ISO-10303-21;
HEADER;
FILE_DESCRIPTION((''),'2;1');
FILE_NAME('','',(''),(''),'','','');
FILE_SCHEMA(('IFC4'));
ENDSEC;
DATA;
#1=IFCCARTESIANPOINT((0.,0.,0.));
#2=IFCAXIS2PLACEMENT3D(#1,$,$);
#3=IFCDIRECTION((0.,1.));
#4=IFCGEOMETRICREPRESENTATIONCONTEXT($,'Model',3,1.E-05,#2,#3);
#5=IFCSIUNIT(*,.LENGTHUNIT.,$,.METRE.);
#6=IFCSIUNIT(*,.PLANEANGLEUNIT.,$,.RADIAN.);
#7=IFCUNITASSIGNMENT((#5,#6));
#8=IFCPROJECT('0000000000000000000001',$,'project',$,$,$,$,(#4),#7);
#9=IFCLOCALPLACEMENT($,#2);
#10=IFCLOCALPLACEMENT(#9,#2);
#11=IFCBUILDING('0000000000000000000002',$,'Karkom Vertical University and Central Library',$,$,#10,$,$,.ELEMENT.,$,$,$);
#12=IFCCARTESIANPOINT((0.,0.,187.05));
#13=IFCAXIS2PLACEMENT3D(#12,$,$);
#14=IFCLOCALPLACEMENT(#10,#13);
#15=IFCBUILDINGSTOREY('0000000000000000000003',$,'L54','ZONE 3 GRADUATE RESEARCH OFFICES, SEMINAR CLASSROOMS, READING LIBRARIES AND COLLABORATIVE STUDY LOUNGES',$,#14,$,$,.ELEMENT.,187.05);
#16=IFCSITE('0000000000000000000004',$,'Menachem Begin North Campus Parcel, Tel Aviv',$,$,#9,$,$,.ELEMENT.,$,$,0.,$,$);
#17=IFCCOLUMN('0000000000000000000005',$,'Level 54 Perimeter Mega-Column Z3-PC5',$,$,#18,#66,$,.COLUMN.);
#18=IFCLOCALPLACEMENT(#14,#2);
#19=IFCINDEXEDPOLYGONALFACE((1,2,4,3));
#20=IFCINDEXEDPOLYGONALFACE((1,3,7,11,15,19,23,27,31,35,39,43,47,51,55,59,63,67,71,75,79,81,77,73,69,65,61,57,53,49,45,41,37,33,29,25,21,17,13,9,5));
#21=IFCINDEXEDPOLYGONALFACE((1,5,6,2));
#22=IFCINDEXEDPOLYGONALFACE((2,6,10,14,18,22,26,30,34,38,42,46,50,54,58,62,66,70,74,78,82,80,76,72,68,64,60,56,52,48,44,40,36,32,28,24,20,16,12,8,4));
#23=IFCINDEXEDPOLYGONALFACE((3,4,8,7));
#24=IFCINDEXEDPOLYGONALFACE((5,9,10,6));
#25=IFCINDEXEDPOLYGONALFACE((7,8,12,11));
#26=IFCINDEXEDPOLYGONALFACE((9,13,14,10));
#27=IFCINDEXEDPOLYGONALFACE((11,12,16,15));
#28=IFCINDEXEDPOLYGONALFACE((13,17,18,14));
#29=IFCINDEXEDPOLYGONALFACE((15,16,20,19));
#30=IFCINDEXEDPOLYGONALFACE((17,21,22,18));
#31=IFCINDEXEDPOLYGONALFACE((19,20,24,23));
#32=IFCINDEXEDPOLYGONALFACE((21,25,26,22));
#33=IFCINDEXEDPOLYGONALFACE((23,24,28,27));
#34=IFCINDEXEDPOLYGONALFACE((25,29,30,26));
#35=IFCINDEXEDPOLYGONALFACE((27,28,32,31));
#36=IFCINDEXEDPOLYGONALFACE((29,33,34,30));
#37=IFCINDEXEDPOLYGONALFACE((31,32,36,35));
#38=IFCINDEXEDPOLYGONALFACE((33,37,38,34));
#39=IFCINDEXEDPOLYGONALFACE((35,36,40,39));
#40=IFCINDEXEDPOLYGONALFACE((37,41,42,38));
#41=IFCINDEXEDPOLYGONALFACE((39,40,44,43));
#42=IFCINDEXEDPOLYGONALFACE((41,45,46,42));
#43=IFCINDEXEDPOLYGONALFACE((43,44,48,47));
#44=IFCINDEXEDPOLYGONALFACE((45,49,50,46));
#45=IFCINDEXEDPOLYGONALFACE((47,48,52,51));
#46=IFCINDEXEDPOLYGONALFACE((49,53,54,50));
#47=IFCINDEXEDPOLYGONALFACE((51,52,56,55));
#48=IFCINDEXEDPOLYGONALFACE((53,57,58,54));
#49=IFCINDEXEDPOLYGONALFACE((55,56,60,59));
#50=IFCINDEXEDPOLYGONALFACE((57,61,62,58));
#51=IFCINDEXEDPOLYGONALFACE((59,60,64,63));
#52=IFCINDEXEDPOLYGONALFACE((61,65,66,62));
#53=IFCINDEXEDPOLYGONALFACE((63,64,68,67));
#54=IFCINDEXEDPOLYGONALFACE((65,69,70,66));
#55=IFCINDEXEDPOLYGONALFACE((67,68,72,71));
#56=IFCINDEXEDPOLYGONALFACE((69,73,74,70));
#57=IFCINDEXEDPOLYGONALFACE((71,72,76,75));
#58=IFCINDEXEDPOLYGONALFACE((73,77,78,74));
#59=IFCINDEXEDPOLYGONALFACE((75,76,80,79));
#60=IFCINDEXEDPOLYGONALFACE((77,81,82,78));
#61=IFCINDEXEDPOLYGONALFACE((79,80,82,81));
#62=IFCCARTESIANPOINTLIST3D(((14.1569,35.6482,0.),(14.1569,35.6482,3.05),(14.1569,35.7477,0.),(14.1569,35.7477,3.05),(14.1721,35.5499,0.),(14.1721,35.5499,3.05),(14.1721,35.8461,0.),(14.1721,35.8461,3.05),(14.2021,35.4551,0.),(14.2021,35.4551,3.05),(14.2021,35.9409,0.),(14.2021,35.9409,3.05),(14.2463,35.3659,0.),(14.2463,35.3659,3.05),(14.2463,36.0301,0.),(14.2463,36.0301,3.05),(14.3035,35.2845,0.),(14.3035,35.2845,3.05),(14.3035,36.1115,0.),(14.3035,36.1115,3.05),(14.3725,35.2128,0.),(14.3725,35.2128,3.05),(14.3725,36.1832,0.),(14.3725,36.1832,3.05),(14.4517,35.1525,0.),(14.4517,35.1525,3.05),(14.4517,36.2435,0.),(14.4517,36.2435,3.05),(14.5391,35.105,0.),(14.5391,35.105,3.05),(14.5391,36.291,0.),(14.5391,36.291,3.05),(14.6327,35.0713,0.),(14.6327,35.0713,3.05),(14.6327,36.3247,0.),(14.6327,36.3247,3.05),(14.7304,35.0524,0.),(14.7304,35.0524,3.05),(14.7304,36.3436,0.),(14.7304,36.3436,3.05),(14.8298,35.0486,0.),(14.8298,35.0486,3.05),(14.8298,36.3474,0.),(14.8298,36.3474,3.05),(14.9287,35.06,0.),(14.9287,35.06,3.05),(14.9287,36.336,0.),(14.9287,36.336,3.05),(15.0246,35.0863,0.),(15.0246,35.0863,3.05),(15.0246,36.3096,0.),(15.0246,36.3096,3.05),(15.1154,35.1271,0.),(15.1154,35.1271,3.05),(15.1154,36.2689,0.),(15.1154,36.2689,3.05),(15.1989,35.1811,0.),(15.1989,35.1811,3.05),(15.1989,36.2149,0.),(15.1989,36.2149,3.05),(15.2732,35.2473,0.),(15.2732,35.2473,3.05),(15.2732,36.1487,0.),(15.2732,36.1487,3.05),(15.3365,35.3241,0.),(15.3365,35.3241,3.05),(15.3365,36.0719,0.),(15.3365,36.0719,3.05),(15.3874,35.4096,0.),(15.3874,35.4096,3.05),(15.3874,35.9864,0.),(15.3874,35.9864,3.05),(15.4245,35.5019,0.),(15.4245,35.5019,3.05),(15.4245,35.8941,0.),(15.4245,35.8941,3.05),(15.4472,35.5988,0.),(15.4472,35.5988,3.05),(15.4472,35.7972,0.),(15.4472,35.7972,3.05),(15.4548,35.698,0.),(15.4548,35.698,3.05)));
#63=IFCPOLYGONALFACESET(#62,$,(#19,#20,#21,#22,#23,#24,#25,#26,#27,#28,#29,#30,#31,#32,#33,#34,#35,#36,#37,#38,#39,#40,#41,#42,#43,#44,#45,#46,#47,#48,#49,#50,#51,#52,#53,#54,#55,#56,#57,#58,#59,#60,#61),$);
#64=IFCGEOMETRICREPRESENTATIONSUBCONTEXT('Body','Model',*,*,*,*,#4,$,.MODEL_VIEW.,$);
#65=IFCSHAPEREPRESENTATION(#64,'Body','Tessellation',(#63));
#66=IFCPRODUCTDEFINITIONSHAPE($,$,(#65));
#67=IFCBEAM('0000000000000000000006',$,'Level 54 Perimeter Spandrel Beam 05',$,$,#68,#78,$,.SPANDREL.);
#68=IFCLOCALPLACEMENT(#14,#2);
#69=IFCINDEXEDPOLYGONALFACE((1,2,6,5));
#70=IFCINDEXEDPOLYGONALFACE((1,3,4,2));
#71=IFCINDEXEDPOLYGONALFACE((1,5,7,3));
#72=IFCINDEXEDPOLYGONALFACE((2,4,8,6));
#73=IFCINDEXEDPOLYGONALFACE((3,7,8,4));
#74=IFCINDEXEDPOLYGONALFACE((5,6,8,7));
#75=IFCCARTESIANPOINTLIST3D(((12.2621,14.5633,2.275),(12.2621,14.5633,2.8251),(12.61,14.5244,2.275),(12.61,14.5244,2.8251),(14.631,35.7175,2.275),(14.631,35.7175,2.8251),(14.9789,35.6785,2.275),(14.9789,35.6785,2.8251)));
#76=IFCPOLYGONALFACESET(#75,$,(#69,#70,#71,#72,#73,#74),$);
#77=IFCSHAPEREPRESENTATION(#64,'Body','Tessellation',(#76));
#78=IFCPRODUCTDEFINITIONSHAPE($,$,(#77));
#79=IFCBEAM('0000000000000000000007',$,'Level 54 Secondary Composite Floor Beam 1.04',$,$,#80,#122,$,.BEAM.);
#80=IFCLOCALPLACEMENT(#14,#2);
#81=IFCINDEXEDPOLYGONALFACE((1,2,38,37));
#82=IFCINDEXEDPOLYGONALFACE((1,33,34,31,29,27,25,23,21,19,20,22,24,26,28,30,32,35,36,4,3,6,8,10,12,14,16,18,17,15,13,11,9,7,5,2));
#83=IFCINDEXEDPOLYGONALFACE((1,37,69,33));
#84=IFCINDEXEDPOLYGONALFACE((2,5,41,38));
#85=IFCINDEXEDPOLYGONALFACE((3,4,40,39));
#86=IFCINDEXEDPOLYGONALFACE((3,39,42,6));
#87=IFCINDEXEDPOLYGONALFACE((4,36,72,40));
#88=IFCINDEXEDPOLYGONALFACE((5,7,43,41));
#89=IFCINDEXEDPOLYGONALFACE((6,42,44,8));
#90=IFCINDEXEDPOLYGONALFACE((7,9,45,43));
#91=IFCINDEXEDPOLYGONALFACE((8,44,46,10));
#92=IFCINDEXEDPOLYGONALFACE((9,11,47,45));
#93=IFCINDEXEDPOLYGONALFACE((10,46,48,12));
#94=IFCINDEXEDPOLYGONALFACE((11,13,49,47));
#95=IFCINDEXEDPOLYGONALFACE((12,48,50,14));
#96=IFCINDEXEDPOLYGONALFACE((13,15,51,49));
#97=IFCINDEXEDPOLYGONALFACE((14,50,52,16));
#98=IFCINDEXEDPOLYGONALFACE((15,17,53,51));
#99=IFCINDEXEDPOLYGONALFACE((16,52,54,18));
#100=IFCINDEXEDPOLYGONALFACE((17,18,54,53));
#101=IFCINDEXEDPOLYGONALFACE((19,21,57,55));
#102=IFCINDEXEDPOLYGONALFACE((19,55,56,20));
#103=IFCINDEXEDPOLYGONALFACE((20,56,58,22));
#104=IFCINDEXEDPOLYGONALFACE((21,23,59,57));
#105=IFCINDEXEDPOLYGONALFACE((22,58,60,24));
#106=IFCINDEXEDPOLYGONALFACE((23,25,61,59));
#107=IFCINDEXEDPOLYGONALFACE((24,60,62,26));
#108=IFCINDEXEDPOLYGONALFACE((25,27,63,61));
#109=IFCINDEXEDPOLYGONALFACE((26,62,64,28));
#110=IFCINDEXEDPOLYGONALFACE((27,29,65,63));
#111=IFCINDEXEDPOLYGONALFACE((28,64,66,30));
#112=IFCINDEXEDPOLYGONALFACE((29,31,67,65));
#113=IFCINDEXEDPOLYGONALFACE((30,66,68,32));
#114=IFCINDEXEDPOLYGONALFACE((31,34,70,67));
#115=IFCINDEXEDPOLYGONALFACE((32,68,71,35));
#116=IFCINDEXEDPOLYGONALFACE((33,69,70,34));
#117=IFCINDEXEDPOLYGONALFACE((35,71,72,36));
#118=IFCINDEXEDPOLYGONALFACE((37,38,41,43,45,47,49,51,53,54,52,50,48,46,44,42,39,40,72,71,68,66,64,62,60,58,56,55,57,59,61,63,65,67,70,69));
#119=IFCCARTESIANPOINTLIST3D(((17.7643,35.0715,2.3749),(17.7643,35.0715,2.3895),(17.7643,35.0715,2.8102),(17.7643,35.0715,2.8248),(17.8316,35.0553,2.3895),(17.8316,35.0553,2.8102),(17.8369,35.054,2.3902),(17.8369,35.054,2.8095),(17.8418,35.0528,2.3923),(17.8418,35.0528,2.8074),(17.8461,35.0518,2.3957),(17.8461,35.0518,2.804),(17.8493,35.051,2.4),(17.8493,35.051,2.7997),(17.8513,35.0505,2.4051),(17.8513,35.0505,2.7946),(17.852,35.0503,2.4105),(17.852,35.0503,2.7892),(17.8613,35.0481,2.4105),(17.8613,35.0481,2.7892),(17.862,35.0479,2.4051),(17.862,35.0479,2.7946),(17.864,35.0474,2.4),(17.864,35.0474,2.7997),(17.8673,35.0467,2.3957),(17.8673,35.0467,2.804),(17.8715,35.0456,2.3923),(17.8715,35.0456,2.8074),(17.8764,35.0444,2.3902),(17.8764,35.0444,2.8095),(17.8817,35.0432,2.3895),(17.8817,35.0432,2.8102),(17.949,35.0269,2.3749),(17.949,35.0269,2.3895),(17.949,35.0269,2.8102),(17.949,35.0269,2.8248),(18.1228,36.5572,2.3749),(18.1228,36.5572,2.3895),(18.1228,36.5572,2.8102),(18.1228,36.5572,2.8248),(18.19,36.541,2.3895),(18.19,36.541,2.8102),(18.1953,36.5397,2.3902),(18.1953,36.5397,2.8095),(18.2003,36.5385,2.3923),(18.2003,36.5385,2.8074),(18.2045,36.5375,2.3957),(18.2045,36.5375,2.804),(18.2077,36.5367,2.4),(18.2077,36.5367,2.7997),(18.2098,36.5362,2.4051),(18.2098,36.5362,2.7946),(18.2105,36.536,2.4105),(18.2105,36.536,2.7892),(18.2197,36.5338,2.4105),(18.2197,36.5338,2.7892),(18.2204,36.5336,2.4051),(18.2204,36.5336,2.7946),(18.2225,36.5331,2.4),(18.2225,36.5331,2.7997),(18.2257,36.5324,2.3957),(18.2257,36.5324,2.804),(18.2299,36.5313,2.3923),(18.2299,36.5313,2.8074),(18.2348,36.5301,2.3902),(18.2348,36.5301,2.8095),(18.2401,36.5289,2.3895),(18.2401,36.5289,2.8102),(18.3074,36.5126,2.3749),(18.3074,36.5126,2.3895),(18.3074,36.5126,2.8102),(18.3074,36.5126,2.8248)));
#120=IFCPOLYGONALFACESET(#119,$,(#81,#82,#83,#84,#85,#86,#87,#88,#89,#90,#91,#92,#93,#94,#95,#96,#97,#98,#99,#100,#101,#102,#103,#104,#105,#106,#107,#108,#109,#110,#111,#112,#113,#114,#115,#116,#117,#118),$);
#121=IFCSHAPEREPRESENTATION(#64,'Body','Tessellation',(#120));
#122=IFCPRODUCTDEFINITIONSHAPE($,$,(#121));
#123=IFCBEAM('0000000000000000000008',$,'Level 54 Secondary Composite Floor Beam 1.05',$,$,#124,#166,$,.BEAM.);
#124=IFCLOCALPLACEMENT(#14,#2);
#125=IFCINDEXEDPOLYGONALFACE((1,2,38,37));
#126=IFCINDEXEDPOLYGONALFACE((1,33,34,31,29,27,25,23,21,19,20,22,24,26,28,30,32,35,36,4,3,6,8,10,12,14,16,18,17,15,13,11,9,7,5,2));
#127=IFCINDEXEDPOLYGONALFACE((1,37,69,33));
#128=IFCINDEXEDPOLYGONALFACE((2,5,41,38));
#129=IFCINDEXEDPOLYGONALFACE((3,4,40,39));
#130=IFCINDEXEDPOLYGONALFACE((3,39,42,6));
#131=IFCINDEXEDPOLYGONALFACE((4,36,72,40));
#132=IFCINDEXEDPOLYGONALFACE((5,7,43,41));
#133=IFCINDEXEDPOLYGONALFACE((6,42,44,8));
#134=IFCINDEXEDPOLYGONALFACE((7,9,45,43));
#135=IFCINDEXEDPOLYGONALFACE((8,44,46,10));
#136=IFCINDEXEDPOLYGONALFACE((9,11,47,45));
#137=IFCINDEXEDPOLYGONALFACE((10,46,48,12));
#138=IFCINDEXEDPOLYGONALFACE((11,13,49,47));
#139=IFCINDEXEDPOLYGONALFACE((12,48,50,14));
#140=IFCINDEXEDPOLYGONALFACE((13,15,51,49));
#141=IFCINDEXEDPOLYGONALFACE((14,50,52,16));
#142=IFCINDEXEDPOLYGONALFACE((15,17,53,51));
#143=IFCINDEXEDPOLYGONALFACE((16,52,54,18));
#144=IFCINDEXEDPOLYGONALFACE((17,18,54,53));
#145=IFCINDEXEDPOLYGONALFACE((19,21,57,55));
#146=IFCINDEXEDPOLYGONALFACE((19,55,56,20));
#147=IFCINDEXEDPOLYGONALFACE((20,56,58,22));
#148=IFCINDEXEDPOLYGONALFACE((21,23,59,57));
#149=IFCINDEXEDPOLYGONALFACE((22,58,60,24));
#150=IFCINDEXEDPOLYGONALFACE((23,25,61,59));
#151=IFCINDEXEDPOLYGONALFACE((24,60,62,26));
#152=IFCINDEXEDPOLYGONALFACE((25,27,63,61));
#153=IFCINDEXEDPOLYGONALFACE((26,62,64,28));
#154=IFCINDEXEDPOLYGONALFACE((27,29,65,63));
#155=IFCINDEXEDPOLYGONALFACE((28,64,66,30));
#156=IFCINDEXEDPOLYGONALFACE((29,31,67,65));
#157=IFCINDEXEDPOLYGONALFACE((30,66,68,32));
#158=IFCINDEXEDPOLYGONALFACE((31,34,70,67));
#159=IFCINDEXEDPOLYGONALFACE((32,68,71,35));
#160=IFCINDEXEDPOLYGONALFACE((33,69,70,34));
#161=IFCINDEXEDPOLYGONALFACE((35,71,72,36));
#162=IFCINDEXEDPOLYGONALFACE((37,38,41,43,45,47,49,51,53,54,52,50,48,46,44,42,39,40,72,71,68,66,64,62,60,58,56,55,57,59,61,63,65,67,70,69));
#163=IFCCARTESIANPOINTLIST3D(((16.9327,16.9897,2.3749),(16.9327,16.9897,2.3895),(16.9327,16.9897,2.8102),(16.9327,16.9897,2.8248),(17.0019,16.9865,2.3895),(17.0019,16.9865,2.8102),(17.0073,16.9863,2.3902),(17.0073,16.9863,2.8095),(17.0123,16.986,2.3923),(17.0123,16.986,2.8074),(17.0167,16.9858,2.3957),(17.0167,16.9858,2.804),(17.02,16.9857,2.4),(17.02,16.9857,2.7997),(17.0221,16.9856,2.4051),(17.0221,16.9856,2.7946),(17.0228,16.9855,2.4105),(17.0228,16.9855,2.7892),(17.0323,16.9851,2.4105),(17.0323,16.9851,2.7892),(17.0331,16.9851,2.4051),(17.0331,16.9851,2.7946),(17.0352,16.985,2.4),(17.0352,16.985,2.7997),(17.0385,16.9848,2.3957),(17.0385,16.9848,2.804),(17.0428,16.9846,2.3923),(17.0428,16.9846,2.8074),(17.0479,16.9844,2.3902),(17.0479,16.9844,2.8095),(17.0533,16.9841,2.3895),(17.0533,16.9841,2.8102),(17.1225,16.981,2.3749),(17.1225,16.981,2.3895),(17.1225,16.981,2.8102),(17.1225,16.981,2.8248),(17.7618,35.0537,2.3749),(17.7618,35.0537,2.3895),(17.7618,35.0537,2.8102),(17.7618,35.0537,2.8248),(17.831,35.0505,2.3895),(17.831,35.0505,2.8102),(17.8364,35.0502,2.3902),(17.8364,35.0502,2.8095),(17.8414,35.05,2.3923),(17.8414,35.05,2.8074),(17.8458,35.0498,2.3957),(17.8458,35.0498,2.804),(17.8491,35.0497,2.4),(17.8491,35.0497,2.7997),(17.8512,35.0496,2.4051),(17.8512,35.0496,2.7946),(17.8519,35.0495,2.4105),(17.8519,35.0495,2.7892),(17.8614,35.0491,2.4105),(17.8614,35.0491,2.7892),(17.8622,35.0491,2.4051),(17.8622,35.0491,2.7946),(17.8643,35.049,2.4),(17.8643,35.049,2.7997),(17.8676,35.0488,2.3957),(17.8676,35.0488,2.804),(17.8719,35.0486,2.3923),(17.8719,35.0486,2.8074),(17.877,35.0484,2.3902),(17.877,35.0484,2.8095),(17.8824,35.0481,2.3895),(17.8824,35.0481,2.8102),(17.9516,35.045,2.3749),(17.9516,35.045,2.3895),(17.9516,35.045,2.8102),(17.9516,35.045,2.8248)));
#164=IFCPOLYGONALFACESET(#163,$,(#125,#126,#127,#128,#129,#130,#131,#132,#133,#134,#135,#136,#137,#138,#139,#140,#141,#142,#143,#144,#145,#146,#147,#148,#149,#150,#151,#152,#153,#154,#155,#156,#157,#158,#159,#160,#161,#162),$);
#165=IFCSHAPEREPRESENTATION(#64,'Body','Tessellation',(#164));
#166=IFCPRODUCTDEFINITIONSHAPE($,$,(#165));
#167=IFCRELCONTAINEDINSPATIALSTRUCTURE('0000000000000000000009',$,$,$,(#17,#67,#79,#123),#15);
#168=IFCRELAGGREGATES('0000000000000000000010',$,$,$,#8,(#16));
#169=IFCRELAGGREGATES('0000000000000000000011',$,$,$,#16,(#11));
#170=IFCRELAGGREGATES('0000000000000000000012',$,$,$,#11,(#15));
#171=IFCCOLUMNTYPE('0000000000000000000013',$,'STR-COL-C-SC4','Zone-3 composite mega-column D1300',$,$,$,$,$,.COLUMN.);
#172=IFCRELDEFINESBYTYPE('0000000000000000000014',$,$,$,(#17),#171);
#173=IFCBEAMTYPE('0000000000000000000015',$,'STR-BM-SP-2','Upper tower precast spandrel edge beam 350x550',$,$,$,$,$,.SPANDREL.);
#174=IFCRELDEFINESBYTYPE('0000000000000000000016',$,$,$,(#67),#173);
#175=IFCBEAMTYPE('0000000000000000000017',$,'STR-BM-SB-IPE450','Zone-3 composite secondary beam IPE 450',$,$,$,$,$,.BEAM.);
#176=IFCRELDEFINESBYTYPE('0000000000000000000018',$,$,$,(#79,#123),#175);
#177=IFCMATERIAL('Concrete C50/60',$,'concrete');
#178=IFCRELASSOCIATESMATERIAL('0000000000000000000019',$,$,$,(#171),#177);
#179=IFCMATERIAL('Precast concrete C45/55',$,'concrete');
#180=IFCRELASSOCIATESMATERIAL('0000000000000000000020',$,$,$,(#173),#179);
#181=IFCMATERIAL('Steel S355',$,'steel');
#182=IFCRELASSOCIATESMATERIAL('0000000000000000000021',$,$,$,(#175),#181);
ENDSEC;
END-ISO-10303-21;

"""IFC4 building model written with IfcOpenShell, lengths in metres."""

from ifc_helpers import new_model, si_unit, direction, frame, origin, origin_with_axes, origin_2d, place, context, subcontext, project, spatial, rectangle, circle, i_section, extrude, source, transform, mapped, material, material_profile, profile_set, type_object, element, save


model = new_model("IFC4")

# Units and contexts
model_context = context("Model", 3, precision=1e-05, world=origin(), true_north=direction((0.0, 1.0)))
body_context = subcontext(model_context, "Body", "Model", "MODEL_VIEW")
ifc_project = project(units=[si_unit("LENGTHUNIT", "METRE"), si_unit("PLANEANGLEUNIT", "RADIAN")], contexts=[model_context])

# Site, building, storey
site_placement = place(None, origin())
site = spatial("IfcSite", under=ifc_project, at=site_placement, Name="Menachem Begin North Campus Parcel, Tel Aviv", CompositionType="ELEMENT", RefElevation=0.0)
building_placement = place(site_placement, origin())
building = spatial("IfcBuilding", under=site, at=building_placement, Name="Karkom Vertical University and Central Library", CompositionType="ELEMENT")
storey_placement = place(building_placement, frame((0.0, 0.0, 187.05)))
storey = spatial("IfcBuildingStorey", under=building, at=storey_placement, Name="L54", Description="ZONE 3 GRADUATE RESEARCH OFFICES, SEMINAR CLASSROOMS, READING LIBRARIES AND COLLABORATIVE STUDY LOUNGES", CompositionType="ELEMENT", Elevation=187.05)

# Column
ifc_material_1 = material(Name="Concrete C50/60", Category="concrete")
ifc_material_profile_1 = material_profile(ifc_material_1, circle(Radius=0.6499, at=origin_2d()), Name="CFT-D1300")
ifc_profile_set_1 = profile_set([ifc_material_profile_1], Name="Concrete C50/60")
column_type = type_object("IfcColumnType", Name="STR-COL-C-SC4", Description="Zone-3 composite mega-column D1300", PredefinedType="COLUMN", material=ifc_profile_set_1)
shared_shape_1 = source(origin_with_axes(), body_context, "Body", "SweptSolid", [
    extrude(circle(Radius=0.6499, at=origin_2d()), origin(), (0.0, 0.0, 1.0), 3.05),
])
column_placement = place(storey_placement, frame((14.8049, 35.698, 0.0), z_axis=(0.0, 0.0, 1.0), x_axis=(1.0, 0.0, 0.0)))
element("IfcColumn", 1, at=column_placement, inside=storey, type_object=column_type, Name="Level 54 Perimeter Mega-Column Z3-PC5", PredefinedType="COLUMN", context=body_context, shape_type="MappedRepresentation", body=[
    mapped(shared_shape_1, transform((0.0, 0.0, 0.0), scale=1.0)),
])

# Beams
ifc_material_2 = material(Name="Precast concrete C45/55", Category="concrete")
ifc_material_profile_2 = material_profile(ifc_material_2, rectangle(XDim=0.3501, YDim=0.55, at=origin_2d()), Name="SPB-350x550")
ifc_profile_set_2 = profile_set([ifc_material_profile_2], Name="Precast concrete C45/55")
beam_type_1 = type_object("IfcBeamType", Name="STR-BM-SP-2", Description="Upper tower precast spandrel edge beam 350x550", PredefinedType="SPANDREL", material=ifc_profile_set_2)
shared_shape_2 = source(origin_with_axes(), body_context, "Body", "SweptSolid", [
    extrude(rectangle(XDim=0.3501, YDim=0.55, at=origin_2d()), origin(), (0.0, 0.0, 1.0), 21.2864),
])
beam_1_placement = place(storey_placement, frame((14.8049, 35.698, 2.55), z_axis=(-0.111287, -0.993788, 0.0), x_axis=(0.993788, -0.111287, 0.0)))
element("IfcBeam", 2, at=beam_1_placement, inside=storey, type_object=beam_type_1, Name="Level 54 Perimeter Spandrel Beam 05", PredefinedType="SPANDREL", context=body_context, shape_type="MappedRepresentation", body=[
    mapped(shared_shape_2, transform((0.0, 0.0, 0.0), scale=1.0)),
])
ifc_material_3 = material(Name="Steel S355", Category="steel")
ifc_material_profile_3 = material_profile(ifc_material_3, i_section(OverallWidth=0.1899, OverallDepth=0.45, WebThickness=0.0095, FlangeThickness=0.0146, FilletRadius=0.021, at=origin_2d()), Name="IPE 450")
ifc_profile_set_3 = profile_set([ifc_material_profile_3], Name="Steel S355")
beam_type_2 = type_object("IfcBeamType", Name="STR-BM-SB-IPE450", Description="Zone-3 composite secondary beam IPE 450", PredefinedType="BEAM", material=ifc_profile_set_3)
shared_shape_3 = source(origin_with_axes(), body_context, "Body", "SweptSolid", [
    extrude(i_section(OverallWidth=0.1899, OverallDepth=0.45, WebThickness=0.0095, FlangeThickness=0.0146, FilletRadius=0.021, at=origin_2d()), origin(), (0.0, 0.0, 1.0), 1.5283),
])
beam_2_placement = place(storey_placement, frame((18.2151, 36.5349, 2.5999), z_axis=(-0.234521, -0.972111, 0.0), x_axis=(0.972111, -0.234521, 0.0)))
element("IfcBeam", 3, at=beam_2_placement, inside=storey, type_object=beam_type_2, Name="Level 54 Secondary Composite Floor Beam 1.04", PredefinedType="BEAM", context=body_context, shape_type="MappedRepresentation", body=[
    mapped(shared_shape_3, transform((0.0, 0.0, 0.0), scale=1.0)),
])
shared_shape_4 = source(origin_with_axes(), body_context, "Body", "SweptSolid", [
    extrude(i_section(OverallWidth=0.1899, OverallDepth=0.45, WebThickness=0.0095, FlangeThickness=0.0146, FilletRadius=0.021, at=origin_2d()), origin(), (0.0, 0.0, 1.0), 18.083),
])
beam_3_placement = place(storey_placement, frame((17.8567, 35.0493, 2.5999), z_axis=(-0.04585, -0.998948, 0.0), x_axis=(0.998948, -0.04585, 0.0)))
element("IfcBeam", 4, at=beam_3_placement, inside=storey, type_object=beam_type_2, Name="Level 54 Secondary Composite Floor Beam 1.05", PredefinedType="BEAM", context=body_context, shape_type="MappedRepresentation", body=[
    mapped(shared_shape_4, transform((0.0, 0.0, 0.0), scale=1.0)),
])

save(model, "model.ifc")
